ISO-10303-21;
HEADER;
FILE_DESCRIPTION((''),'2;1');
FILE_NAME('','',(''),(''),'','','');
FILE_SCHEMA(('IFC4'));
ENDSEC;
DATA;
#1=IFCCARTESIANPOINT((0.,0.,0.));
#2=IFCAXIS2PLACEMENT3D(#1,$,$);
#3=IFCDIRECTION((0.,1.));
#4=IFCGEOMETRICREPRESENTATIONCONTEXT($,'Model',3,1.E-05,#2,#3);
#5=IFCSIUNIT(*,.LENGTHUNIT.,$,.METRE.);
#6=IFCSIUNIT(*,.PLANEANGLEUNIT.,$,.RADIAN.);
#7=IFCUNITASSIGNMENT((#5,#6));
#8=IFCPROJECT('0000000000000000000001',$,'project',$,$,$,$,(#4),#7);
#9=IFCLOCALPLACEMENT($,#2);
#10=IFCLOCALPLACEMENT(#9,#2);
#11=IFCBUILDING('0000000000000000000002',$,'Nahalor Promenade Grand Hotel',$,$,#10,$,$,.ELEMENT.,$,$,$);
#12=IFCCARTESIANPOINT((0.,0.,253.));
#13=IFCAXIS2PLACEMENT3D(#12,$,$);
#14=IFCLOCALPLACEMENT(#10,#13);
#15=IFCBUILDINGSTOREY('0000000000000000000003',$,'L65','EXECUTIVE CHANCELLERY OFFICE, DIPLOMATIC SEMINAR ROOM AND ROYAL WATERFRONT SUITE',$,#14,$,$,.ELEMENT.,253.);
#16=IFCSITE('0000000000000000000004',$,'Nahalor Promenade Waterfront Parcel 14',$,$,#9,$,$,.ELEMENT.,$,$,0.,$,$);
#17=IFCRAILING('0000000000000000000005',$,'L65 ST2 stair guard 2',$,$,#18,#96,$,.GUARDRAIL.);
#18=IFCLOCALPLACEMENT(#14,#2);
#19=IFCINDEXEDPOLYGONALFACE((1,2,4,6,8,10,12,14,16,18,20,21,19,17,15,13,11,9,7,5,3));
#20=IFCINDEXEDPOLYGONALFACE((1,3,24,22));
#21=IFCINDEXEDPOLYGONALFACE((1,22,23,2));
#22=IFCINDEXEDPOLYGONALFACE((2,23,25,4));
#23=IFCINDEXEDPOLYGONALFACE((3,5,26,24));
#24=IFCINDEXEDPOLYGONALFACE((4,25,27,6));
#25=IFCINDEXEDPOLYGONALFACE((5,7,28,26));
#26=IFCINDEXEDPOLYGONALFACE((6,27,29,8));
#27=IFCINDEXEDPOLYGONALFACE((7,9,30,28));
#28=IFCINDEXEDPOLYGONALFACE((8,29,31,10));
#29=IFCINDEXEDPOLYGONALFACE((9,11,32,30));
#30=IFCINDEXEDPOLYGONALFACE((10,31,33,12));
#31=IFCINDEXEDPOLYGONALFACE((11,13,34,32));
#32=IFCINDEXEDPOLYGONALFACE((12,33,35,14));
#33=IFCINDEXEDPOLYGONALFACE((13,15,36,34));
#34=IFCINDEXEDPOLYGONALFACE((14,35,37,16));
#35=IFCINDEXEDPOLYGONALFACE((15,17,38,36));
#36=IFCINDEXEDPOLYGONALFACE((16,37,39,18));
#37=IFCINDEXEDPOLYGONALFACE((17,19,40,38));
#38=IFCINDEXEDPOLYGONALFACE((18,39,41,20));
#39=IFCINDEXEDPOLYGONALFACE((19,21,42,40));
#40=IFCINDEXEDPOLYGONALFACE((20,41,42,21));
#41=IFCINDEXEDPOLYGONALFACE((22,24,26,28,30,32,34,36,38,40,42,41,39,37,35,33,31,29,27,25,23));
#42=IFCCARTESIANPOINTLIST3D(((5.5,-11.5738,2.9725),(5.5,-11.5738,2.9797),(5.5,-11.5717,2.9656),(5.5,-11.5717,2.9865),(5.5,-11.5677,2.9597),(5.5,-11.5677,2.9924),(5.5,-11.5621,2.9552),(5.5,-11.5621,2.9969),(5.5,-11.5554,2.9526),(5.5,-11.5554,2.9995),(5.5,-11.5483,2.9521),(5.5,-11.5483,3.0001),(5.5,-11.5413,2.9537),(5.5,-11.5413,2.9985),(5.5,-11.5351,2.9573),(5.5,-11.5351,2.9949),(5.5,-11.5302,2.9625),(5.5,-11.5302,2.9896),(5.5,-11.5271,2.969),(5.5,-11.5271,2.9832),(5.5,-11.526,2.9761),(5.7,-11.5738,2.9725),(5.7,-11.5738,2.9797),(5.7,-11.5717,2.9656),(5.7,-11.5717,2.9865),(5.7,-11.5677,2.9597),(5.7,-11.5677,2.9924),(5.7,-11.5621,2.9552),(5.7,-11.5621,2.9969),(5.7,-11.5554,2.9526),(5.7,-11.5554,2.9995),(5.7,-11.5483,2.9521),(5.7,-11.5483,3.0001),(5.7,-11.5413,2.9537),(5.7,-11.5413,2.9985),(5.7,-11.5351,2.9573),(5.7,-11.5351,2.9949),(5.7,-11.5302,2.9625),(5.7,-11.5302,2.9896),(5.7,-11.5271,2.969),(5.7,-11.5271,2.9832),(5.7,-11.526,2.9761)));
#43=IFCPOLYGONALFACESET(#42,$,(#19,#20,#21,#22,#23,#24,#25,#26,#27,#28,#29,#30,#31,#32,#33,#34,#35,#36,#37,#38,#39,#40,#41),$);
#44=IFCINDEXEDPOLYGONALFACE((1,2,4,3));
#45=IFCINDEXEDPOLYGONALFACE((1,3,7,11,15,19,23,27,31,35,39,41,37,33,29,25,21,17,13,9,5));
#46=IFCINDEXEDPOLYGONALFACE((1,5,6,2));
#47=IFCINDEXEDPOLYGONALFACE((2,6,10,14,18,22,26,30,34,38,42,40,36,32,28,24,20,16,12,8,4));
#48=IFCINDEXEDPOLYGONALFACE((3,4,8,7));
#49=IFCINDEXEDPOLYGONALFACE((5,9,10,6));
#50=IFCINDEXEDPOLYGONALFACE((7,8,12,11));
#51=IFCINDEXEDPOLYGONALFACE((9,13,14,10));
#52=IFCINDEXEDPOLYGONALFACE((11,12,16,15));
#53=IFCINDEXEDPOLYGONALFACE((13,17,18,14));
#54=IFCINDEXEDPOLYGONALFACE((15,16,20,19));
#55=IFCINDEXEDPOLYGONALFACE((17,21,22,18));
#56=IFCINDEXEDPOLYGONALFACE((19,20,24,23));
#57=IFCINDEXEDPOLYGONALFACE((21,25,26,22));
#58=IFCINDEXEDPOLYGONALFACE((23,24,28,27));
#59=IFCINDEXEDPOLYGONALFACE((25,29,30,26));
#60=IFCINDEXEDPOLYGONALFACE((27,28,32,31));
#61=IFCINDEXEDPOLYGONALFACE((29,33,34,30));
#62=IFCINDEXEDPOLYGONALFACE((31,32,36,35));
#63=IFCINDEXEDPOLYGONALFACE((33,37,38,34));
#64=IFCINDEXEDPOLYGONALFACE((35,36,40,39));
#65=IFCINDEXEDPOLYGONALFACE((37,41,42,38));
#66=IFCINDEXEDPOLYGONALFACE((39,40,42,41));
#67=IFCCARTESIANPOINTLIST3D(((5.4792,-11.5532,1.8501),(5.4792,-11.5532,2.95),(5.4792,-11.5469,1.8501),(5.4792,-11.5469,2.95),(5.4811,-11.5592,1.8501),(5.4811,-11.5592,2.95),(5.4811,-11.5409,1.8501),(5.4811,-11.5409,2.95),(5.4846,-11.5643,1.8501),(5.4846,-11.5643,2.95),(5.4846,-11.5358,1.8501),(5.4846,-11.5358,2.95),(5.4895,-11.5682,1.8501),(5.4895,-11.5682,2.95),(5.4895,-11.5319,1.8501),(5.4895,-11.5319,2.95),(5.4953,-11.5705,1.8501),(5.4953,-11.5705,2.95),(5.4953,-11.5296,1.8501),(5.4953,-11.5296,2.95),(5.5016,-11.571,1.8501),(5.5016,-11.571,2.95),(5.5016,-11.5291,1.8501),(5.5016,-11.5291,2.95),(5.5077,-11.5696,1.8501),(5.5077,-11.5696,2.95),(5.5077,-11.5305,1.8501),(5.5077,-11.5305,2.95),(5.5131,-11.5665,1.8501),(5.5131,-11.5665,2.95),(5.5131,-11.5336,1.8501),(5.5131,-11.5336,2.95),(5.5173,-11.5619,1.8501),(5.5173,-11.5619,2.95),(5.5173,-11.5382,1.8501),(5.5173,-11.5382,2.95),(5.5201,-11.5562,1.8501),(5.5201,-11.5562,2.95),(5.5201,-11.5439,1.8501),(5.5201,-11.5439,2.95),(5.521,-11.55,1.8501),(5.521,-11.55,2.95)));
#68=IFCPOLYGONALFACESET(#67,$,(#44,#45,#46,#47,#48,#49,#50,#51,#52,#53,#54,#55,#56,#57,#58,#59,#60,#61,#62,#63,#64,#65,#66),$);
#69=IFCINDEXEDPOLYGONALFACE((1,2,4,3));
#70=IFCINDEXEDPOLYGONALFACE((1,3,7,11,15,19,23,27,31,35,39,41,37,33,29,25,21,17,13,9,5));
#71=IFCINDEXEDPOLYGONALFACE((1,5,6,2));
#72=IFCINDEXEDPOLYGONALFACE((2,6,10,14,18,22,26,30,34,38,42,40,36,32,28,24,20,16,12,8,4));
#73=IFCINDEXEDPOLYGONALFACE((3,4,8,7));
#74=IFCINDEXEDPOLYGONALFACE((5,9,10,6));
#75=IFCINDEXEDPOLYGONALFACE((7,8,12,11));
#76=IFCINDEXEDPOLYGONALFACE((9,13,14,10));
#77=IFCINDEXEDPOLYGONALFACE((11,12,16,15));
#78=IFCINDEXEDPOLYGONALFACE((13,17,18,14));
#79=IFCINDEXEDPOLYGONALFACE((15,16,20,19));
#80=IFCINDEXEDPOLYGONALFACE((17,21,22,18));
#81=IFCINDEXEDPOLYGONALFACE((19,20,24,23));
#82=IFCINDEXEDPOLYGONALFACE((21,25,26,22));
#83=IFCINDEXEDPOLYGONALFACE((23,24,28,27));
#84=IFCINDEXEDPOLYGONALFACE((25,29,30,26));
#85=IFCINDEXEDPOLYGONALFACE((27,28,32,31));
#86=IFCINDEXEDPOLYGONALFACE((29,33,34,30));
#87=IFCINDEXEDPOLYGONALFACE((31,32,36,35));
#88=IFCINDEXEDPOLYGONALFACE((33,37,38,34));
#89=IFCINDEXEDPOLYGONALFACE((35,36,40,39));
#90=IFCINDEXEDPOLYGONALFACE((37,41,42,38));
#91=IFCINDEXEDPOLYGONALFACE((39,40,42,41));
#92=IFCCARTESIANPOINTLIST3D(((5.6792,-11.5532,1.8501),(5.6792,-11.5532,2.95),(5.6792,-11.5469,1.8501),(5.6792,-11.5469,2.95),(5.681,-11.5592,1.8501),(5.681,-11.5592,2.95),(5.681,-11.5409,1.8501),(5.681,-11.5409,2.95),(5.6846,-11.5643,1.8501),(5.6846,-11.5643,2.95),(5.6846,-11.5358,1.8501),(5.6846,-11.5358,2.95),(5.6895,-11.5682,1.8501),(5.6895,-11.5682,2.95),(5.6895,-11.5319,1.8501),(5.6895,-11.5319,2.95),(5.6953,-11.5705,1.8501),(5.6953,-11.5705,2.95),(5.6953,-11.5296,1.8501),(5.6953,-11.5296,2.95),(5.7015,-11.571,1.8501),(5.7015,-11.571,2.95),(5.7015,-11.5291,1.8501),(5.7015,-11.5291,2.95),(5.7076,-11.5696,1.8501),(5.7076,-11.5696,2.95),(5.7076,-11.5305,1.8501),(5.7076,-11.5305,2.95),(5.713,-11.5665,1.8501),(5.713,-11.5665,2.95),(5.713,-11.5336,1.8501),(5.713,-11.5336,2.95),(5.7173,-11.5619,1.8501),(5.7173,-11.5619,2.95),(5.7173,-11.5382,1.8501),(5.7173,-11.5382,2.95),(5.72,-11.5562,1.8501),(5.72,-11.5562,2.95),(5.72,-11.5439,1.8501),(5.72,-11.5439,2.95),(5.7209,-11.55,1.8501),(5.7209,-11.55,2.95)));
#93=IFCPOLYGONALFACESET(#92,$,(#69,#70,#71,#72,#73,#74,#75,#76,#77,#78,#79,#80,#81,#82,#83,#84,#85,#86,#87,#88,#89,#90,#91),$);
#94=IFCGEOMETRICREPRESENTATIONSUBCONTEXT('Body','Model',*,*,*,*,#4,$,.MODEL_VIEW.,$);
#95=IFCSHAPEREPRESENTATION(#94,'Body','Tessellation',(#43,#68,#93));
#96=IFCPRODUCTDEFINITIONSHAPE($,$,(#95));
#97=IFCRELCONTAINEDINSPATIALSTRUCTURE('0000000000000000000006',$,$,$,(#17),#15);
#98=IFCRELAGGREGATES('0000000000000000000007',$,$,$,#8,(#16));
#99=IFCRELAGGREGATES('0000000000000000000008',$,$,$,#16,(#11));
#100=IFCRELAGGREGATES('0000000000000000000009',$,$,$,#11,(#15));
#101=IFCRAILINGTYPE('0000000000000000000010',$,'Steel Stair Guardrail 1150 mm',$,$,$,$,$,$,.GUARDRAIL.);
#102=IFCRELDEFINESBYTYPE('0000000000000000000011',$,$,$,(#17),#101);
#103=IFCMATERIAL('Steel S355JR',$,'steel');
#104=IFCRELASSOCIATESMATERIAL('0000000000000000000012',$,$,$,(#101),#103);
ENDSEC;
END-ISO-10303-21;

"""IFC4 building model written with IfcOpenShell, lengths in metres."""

from ifc_helpers import new_model, si_unit, direction, frame, origin, origin_2d, place, context, subcontext, project, spatial, circle, extrude, material, type_object, element, save


model = new_model("IFC4")

# Units and contexts
model_context = context("Model", 3, precision=1e-05, world=origin(), true_north=direction((0.0, 1.0)))
body_context = subcontext(model_context, "Body", "Model", "MODEL_VIEW")
ifc_project = project(units=[si_unit("LENGTHUNIT", "METRE"), si_unit("PLANEANGLEUNIT", "RADIAN")], contexts=[model_context])

# Site, building, storey
site_placement = place(None, origin())
site = spatial("IfcSite", under=ifc_project, at=site_placement, Name="Nahalor Promenade Waterfront Parcel 14", CompositionType="ELEMENT", RefElevation=0.0)
building_placement = place(site_placement, origin())
building = spatial("IfcBuilding", under=site, at=building_placement, Name="Nahalor Promenade Grand Hotel", CompositionType="ELEMENT")
storey_placement = place(building_placement, frame((0.0, 0.0, 253.0)))
storey = spatial("IfcBuildingStorey", under=building, at=storey_placement, Name="L65", Description="EXECUTIVE CHANCELLERY OFFICE, DIPLOMATIC SEMINAR ROOM AND ROYAL WATERFRONT SUITE", CompositionType="ELEMENT", Elevation=253.0)

# Shared definitions
ifc_material_1 = material(Name="Steel S355JR", Category="steel")

# Railing
railing_type_1 = type_object("IfcRailingType", Name="Steel Stair Guardrail 1150 mm", PredefinedType="GUARDRAIL", material=ifc_material_1)
railing_1_placement = place(storey_placement, frame((5.5, -11.55, 1.8501)))
element("IfcRailing", 1, at=railing_1_placement, inside=storey, type_object=railing_type_1, Name="L65 ST2 stair guard 2", PredefinedType="GUARDRAIL", context=body_context, shape_type="SweptSolid", body=[
    extrude(circle(Radius=0.024, at=origin_2d()), frame((0.0, 0.0, 1.126), z_axis=(1.0, 0.0, 0.0), x_axis=(0.0, 1.0, 0.0)), (0.0, 0.0, 1.0), 0.2),
    extrude(circle(Radius=0.021, at=origin_2d()), origin(), (0.0, 0.0, 1.0), 1.0999),
    extrude(circle(Radius=0.021, at=origin_2d()), frame((0.2, 0.0, 0.0)), (0.0, 0.0, 1.0), 1.0999),
])

save(model, "model.ifc")
